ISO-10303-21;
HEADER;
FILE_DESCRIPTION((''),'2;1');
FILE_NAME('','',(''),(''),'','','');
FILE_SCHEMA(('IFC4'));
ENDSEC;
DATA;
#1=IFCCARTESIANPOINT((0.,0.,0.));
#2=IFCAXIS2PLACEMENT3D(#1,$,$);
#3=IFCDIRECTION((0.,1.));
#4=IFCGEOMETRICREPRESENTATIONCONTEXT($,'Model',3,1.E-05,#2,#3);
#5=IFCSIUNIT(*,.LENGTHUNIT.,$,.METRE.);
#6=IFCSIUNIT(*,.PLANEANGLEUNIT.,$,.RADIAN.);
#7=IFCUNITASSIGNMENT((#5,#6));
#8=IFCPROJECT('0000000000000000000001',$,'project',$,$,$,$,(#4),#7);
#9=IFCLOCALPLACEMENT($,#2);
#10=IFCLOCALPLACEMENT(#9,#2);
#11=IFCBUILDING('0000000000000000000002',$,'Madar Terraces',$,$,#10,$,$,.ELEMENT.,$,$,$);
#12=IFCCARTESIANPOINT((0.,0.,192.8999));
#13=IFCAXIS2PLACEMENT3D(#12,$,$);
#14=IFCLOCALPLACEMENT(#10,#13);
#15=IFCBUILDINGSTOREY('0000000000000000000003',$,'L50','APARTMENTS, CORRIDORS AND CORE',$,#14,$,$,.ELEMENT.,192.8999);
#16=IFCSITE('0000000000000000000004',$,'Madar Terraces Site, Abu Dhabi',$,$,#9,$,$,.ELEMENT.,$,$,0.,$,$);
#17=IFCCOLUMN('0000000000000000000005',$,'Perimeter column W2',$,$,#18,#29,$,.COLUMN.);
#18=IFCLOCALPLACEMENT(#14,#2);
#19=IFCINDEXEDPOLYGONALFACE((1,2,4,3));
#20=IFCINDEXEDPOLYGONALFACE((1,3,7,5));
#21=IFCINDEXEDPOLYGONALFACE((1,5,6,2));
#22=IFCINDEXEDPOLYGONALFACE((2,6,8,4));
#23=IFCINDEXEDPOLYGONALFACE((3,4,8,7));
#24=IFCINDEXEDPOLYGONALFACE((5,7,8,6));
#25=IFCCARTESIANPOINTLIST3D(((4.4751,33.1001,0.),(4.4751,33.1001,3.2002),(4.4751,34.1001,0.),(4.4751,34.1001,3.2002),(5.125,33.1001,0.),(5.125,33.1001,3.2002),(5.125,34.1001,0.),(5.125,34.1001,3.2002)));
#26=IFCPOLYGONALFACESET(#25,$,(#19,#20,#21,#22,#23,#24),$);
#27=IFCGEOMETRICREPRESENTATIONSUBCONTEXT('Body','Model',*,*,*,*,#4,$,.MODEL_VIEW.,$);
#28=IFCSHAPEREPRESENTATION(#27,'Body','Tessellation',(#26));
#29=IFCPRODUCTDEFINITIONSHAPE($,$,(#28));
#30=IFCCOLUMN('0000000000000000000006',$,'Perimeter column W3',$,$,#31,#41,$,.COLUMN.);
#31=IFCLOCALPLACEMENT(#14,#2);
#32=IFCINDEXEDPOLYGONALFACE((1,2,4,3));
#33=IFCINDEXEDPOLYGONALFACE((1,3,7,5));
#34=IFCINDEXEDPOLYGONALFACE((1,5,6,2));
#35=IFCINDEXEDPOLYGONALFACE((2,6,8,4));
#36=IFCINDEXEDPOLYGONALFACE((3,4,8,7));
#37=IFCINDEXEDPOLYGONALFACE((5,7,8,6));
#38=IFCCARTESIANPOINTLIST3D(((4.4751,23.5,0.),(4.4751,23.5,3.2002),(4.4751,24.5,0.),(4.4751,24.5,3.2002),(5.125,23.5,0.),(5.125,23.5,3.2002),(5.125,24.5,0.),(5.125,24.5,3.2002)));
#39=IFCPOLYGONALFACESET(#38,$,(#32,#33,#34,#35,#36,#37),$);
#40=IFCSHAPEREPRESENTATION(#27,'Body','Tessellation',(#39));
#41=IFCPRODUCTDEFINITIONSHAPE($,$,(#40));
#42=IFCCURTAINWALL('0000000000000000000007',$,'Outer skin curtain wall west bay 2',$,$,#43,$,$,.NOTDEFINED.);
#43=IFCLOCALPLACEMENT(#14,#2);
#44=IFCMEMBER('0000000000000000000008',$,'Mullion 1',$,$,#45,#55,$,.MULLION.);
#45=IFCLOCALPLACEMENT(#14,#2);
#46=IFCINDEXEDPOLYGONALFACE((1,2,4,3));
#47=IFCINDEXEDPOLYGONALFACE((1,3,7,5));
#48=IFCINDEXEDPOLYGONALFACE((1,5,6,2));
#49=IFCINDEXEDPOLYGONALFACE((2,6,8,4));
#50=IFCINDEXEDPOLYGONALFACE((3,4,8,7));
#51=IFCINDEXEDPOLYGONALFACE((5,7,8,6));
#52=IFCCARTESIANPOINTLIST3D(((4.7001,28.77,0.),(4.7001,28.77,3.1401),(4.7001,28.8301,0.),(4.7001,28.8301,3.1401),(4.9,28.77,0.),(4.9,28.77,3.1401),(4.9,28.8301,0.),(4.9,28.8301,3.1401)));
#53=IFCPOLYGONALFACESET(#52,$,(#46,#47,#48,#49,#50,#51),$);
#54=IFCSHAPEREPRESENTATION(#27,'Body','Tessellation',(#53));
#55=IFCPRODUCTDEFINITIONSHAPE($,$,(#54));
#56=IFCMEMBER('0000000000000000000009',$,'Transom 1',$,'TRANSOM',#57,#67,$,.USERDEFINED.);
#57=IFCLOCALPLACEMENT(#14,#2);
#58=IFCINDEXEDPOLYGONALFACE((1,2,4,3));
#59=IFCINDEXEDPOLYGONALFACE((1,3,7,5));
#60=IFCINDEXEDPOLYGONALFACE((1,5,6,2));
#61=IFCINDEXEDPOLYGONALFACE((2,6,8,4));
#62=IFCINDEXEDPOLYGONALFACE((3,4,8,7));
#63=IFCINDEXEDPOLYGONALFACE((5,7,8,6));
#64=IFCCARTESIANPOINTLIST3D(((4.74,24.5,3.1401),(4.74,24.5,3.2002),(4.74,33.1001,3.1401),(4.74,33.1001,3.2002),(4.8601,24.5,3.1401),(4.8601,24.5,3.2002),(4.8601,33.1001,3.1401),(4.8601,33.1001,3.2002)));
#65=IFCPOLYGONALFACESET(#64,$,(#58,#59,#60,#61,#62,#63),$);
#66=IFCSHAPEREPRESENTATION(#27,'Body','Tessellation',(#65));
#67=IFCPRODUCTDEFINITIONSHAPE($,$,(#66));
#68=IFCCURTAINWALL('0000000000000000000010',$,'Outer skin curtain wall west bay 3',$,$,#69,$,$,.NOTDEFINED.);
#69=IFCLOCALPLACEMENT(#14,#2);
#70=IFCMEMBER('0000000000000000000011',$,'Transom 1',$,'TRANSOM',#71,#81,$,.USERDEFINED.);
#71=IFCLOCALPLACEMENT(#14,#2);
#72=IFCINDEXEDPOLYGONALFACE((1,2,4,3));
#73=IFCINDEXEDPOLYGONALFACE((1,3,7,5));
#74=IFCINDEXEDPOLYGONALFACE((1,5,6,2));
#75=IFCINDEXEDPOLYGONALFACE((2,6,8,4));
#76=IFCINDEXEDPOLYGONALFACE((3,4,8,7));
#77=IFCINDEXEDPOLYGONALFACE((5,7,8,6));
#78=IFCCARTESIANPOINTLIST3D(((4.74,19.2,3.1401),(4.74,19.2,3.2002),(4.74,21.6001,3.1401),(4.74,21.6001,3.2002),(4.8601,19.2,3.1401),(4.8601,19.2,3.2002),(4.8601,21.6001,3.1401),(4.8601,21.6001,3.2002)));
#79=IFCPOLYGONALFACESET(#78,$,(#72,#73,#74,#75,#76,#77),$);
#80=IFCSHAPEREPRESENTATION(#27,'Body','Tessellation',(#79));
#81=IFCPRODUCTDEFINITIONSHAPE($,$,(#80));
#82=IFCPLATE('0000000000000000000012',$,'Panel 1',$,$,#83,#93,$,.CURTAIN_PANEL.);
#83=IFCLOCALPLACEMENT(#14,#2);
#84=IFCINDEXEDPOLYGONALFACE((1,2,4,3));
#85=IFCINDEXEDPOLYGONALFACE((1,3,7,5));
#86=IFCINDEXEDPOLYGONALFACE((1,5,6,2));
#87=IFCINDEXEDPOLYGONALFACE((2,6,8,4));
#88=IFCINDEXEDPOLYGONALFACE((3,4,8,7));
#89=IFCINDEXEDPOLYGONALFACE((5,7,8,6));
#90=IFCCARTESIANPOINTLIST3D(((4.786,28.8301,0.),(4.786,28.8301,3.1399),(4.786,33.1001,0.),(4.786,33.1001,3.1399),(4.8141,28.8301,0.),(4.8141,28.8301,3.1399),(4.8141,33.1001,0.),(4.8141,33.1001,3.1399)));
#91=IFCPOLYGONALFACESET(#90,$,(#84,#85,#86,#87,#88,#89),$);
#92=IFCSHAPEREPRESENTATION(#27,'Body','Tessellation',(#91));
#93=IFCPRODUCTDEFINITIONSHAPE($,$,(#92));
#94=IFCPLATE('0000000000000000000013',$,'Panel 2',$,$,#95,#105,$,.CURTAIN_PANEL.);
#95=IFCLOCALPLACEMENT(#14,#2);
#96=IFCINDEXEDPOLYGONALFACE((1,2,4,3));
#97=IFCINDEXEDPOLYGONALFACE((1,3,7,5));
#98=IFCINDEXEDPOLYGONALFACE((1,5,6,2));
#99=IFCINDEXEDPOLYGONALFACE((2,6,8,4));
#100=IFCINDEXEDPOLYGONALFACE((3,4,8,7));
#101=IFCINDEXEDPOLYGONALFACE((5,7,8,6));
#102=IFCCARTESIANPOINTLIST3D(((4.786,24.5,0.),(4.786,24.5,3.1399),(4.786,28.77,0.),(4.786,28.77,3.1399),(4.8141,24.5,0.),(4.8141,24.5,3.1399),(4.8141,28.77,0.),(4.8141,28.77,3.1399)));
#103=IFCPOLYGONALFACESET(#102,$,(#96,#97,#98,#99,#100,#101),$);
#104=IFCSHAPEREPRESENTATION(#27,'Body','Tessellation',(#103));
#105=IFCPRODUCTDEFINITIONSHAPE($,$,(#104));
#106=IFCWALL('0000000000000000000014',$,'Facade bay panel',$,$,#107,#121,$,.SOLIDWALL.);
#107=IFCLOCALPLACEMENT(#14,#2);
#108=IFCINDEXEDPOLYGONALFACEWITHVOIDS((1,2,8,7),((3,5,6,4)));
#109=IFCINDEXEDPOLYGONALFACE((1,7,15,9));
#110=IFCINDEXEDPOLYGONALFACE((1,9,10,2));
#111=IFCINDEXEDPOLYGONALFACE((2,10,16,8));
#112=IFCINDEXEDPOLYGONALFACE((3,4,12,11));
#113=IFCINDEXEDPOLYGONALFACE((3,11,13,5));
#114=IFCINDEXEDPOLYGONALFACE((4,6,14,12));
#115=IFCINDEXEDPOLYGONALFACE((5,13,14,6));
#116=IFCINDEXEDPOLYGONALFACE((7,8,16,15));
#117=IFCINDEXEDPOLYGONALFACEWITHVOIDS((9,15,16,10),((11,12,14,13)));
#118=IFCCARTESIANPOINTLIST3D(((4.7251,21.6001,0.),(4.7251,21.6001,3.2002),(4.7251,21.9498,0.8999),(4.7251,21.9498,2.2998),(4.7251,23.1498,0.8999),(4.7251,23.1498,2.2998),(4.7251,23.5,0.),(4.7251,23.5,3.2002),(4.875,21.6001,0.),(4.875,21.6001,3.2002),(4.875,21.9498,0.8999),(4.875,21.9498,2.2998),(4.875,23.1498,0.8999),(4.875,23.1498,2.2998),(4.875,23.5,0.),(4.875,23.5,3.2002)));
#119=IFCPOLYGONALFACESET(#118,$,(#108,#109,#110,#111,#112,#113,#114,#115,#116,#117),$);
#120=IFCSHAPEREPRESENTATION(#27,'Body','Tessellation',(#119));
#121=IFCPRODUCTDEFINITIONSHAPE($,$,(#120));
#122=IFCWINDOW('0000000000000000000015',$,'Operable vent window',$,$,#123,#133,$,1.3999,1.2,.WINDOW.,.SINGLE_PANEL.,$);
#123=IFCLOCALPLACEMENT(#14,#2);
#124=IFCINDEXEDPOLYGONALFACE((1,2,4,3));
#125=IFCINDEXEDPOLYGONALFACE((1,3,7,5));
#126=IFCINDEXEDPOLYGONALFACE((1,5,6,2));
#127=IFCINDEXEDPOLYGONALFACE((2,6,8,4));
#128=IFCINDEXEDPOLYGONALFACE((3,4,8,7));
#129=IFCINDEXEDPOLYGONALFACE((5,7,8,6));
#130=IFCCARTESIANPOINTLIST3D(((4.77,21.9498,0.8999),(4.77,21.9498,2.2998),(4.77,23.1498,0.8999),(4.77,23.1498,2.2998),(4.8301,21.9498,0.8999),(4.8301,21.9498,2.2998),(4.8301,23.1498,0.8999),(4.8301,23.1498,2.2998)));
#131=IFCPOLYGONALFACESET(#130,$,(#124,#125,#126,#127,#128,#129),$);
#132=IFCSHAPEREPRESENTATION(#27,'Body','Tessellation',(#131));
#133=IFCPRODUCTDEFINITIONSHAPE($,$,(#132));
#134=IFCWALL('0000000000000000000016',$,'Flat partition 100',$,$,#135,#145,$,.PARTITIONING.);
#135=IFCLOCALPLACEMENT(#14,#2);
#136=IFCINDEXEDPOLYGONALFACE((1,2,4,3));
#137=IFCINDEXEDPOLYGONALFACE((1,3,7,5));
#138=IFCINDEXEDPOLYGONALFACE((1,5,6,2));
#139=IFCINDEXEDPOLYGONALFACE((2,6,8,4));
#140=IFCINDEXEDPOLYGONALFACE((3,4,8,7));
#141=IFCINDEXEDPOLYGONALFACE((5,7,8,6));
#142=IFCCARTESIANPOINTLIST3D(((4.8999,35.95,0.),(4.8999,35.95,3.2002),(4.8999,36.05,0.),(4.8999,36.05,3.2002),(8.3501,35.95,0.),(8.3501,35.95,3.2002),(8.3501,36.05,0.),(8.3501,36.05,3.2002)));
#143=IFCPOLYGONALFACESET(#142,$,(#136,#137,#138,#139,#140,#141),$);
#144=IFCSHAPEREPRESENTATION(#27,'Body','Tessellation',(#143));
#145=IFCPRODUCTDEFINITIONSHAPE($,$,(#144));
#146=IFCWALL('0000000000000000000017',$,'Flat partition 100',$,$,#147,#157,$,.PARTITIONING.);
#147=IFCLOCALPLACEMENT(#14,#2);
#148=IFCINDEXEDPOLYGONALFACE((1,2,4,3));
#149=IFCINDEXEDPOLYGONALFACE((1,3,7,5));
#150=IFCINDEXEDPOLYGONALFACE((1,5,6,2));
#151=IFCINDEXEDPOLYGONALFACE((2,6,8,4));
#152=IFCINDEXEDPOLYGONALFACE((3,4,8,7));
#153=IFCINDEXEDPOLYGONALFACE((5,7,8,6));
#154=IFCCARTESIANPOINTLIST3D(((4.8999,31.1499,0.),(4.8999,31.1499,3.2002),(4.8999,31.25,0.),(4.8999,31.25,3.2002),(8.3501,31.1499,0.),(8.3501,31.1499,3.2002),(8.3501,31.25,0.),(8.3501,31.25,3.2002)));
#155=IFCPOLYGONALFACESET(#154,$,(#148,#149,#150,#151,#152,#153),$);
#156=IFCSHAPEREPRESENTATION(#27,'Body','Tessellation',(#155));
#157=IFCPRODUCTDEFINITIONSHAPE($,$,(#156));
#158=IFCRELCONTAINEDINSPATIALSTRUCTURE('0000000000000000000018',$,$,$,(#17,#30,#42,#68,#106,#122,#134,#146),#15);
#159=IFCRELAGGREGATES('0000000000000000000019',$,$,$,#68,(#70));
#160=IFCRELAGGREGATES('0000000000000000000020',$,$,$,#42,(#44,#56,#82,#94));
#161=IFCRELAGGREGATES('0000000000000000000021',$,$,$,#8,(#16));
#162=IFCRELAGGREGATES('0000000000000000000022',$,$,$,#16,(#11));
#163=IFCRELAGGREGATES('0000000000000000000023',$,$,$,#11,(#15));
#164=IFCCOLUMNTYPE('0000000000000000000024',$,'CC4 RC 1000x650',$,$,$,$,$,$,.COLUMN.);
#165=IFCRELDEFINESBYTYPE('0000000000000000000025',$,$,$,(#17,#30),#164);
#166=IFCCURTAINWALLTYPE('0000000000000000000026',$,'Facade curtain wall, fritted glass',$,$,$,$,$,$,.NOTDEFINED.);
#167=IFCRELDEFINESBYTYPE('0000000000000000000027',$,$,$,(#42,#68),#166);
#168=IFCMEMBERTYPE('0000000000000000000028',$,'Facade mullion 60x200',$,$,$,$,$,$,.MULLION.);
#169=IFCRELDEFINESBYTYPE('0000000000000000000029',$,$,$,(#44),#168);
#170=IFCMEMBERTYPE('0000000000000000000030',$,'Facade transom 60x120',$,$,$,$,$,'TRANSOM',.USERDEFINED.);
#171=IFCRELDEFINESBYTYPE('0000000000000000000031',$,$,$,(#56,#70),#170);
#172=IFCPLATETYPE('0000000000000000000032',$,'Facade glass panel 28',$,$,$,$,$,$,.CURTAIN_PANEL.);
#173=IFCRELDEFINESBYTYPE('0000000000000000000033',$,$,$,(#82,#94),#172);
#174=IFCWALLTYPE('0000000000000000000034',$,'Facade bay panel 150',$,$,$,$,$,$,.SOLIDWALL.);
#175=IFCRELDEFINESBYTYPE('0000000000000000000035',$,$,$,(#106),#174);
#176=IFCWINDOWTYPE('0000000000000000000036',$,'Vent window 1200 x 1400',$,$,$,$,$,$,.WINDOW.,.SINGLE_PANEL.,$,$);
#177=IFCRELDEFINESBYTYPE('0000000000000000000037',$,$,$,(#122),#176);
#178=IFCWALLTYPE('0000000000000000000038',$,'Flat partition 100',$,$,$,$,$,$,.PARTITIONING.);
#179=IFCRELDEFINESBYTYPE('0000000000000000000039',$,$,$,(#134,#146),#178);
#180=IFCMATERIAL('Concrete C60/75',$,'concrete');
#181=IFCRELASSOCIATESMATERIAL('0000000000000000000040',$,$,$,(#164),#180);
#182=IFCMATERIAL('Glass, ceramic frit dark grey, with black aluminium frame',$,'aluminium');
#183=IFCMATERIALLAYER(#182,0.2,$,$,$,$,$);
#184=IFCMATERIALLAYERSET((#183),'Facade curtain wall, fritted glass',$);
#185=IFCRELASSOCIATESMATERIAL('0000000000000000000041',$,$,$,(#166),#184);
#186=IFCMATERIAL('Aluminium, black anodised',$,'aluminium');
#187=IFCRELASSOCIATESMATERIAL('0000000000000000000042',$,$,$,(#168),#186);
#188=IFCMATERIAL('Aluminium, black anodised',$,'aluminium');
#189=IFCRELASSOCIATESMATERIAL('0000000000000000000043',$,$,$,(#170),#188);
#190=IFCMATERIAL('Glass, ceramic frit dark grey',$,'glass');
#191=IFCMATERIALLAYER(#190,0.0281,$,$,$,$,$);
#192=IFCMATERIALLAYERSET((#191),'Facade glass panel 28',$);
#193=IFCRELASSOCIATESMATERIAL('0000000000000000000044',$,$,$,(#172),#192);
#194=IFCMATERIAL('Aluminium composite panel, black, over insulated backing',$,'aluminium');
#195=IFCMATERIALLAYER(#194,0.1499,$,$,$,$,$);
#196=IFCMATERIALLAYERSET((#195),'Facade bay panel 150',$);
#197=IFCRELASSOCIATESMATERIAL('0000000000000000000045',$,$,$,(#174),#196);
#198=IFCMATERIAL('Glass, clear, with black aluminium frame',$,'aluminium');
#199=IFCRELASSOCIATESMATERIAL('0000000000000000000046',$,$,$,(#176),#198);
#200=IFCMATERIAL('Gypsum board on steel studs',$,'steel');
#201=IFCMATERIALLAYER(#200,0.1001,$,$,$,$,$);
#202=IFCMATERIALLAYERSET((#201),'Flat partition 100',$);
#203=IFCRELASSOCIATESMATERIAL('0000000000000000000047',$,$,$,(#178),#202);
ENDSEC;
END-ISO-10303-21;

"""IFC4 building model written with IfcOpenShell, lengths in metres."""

from ifc_helpers import new_model, si_unit, direction, frame, frame_2d, origin, origin_2d, place, context, subcontext, project, spatial, rectangle, extrude, material, layer, layer_set, material_profile, profile_set, type_object, element, fill, aggregate, save


model = new_model("IFC4")

# Units and contexts
model_context = context("Model", 3, precision=1e-05, world=origin(), true_north=direction((0.0, 1.0)))
body_context = subcontext(model_context, "Body", "Model", "MODEL_VIEW")
ifc_project = project(units=[si_unit("LENGTHUNIT", "METRE"), si_unit("PLANEANGLEUNIT", "RADIAN")], contexts=[model_context])

# Site, building, storey
site_placement = place(None, origin())
site = spatial("IfcSite", under=ifc_project, at=site_placement, Name="Madar Terraces Site, Abu Dhabi", CompositionType="ELEMENT", RefElevation=0.0)
building_placement = place(site_placement, origin())
building = spatial("IfcBuilding", under=site, at=building_placement, Name="Madar Terraces", CompositionType="ELEMENT")
storey_placement = place(building_placement, frame((0.0, 0.0, 192.8999)))
storey = spatial("IfcBuildingStorey", under=building, at=storey_placement, Name="L50", Description="APARTMENTS, CORRIDORS AND CORE", CompositionType="ELEMENT", Elevation=192.8999)

# Columns
ifc_material_1 = material(Name="Concrete C60/75", Category="concrete")
ifc_material_profile_1 = material_profile(ifc_material_1, rectangle(XDim=1.0, YDim=0.6499, at=origin_2d()), Name="CC4 RC 1000x650")
ifc_profile_set_1 = profile_set([ifc_material_profile_1], Name="Concrete C60/75")
column_type = type_object("IfcColumnType", Name="CC4 RC 1000x650", PredefinedType="COLUMN", material=ifc_profile_set_1)
for number, where, z_axis, x_axis, name in (
    (1, (4.8, 33.6001, 0.0), (0.0, 0.0, 1.0), (0.0, 1.0, 0.0), "Perimeter column W2"),
    (2, (4.8, 24.0, 0.0), (0.0, 0.0, 1.0), (0.0, 1.0, 0.0), "Perimeter column W3"),
):
    element("IfcColumn", number, at=place(storey_placement, frame(where, z_axis=z_axis, x_axis=x_axis)), inside=storey, type_object=column_type, Name=name, PredefinedType="COLUMN", context=body_context, shape_type="SweptSolid", body=[
        extrude(rectangle(XDim=1.0, YDim=0.6499, at=origin_2d()), origin(), (0.0, 0.0, 1.0), 3.2002),
    ])

# Curtain wall, members
ifc_material_2 = material(Name="Glass, ceramic frit dark grey, with black aluminium frame", Category="aluminium")
ifc_layer_1 = layer(ifc_material_2, 0.2)
ifc_layer_set_1 = layer_set([ifc_layer_1], Name="Facade curtain wall, fritted glass")
curtain_wall_type = type_object("IfcCurtainWallType", Name="Facade curtain wall, fritted glass", PredefinedType="NOTDEFINED", material=ifc_layer_set_1)
curtain_wall_1_placement = place(storey_placement, origin())
curtain_wall_1 = element("IfcCurtainWall", 3, at=curtain_wall_1_placement, inside=storey, type_object=curtain_wall_type, Name="Outer skin curtain wall west bay 2", PredefinedType="NOTDEFINED")
ifc_material_3 = material(Name="Aluminium, black anodised", Category="aluminium")
ifc_material_profile_2 = material_profile(ifc_material_3, rectangle(XDim=0.2, YDim=0.0601, at=origin_2d()), Name="Facade mullion 60x200")
ifc_profile_set_2 = profile_set([ifc_material_profile_2], Name="Aluminium, black anodised")
member_type_1 = type_object("IfcMemberType", Name="Facade mullion 60x200", PredefinedType="MULLION", material=ifc_profile_set_2)
member_1_placement = place(storey_placement, frame((4.8, 28.8, 0.0), z_axis=(0.0, 0.0, 1.0), x_axis=(1.0, 0.0, 0.0)))
member_1 = element("IfcMember", 4, at=member_1_placement, type_object=member_type_1, Name="Mullion 1", PredefinedType="MULLION", context=body_context, shape_type="SweptSolid", body=[
    extrude(rectangle(XDim=0.2, YDim=0.0601, at=origin_2d()), origin(), (0.0, 0.0, 1.0), 3.1401),
])
ifc_material_4 = material(Name="Aluminium, black anodised", Category="aluminium")
ifc_material_profile_3 = material_profile(ifc_material_4, rectangle(XDim=0.1201, YDim=0.0601, at=origin_2d()), Name="Facade transom 60x120")
ifc_profile_set_3 = profile_set([ifc_material_profile_3], Name="Aluminium, black anodised")
member_type_2 = type_object("IfcMemberType", Name="Facade transom 60x120", ElementType="TRANSOM", PredefinedType="USERDEFINED", material=ifc_profile_set_3)
member_2_placement = place(storey_placement, frame((4.8, 33.1001, 3.1702), z_axis=(0.0, -1.0, 0.0), x_axis=(1.0, 0.0, 0.0)))
member_2 = element("IfcMember", 5, at=member_2_placement, type_object=member_type_2, Name="Transom 1", ObjectType="TRANSOM", PredefinedType="USERDEFINED", context=body_context, shape_type="SweptSolid", body=[
    extrude(rectangle(XDim=0.1201, YDim=0.0601, at=origin_2d()), origin(), (0.0, 0.0, 1.0), 8.6001),
])

# Curtain wall, member
curtain_wall_2_placement = place(storey_placement, origin())
curtain_wall_2 = element("IfcCurtainWall", 6, at=curtain_wall_2_placement, inside=storey, type_object=curtain_wall_type, Name="Outer skin curtain wall west bay 3", PredefinedType="NOTDEFINED")
member_3_placement = place(storey_placement, frame((4.8, 21.6001, 3.1702), z_axis=(0.0, -1.0, 0.0), x_axis=(1.0, 0.0, 0.0)))
member_3 = element("IfcMember", 7, at=member_3_placement, type_object=member_type_2, Name="Transom 1", ObjectType="TRANSOM", PredefinedType="USERDEFINED", context=body_context, shape_type="SweptSolid", body=[
    extrude(rectangle(XDim=0.1201, YDim=0.0601, at=origin_2d()), origin(), (0.0, 0.0, 1.0), 2.4001),
])
aggregate(curtain_wall_2, [member_3])

# Plates
ifc_material_5 = material(Name="Glass, ceramic frit dark grey", Category="glass")
ifc_layer_2 = layer(ifc_material_5, 0.0281)
ifc_layer_set_2 = layer_set([ifc_layer_2], Name="Facade glass panel 28")
plate_type = type_object("IfcPlateType", Name="Facade glass panel 28", PredefinedType="CURTAIN_PANEL", material=ifc_layer_set_2)
plate_1_placement = place(storey_placement, frame((4.8, 30.9651, 0.0), z_axis=(0.0, 0.0, 1.0), x_axis=(0.0, -1.0, 0.0)))
plate_1 = element("IfcPlate", 8, at=plate_1_placement, type_object=plate_type, Name="Panel 1", PredefinedType="CURTAIN_PANEL", context=body_context, shape_type="SweptSolid", body=[
    extrude(rectangle(XDim=4.27, YDim=0.0281, at=origin_2d()), origin(), (0.0, 0.0, 1.0), 3.1399),
])
plate_2_placement = place(storey_placement, frame((4.8, 26.635, 0.0), z_axis=(0.0, 0.0, 1.0), x_axis=(0.0, -1.0, 0.0)))
plate_2 = element("IfcPlate", 9, at=plate_2_placement, type_object=plate_type, Name="Panel 2", PredefinedType="CURTAIN_PANEL", context=body_context, shape_type="SweptSolid", body=[
    extrude(rectangle(XDim=4.27, YDim=0.0281, at=origin_2d()), origin(), (0.0, 0.0, 1.0), 3.1399),
])
aggregate(curtain_wall_1, [member_1, member_2, plate_1, plate_2])

# Shared definitions
ifc_material_6 = material(Name="Aluminium composite panel, black, over insulated backing", Category="aluminium")
ifc_layer_3 = layer(ifc_material_6, 0.1499)
ifc_layer_set_3 = layer_set([ifc_layer_3], Name="Facade bay panel 150")
wall_type_1 = type_object("IfcWallType", Name="Facade bay panel 150", PredefinedType="SOLIDWALL", material=ifc_layer_set_3)
ifc_material_7 = material(Name="Glass, clear, with black aluminium frame", Category="aluminium")
window_type = type_object("IfcWindowType", Name="Vent window 1200 x 1400", PartitioningType="SINGLE_PANEL", PredefinedType="WINDOW", material=ifc_material_7)

# Wall, opening, window
wall_1_placement = place(storey_placement, frame((4.8, 23.5, 0.0), z_axis=(0.0, 0.0, 1.0), x_axis=(0.0, -1.0, 0.0)))
wall_1 = element("IfcWall", 10, at=wall_1_placement, inside=storey, type_object=wall_type_1, Name="Facade bay panel", PredefinedType="SOLIDWALL", context=body_context, shape_type="SweptSolid", body=[
    extrude(rectangle(XDim=1.8999, YDim=0.1499, at=frame_2d((0.95, 0.0))), origin(), (0.0, 0.0, 1.0), 3.2002),
])
opening_1_placement = place(wall_1_placement, frame((0.3501, 0.0, 0.8999)))
opening_1 = element("IfcOpeningElement", 11, at=opening_1_placement, cuts=wall_1, PredefinedType="OPENING", context=body_context, shape_type="SweptSolid", body=[
    extrude(rectangle(XDim=1.2, YDim=1.3999, at=frame_2d((0.6001, 0.7))), frame((0.0, 0.085, 0.0), z_axis=(0.0, -1.0, 0.0), x_axis=(1.0, 0.0, 0.0)), (0.0, 0.0, 1.0), 0.1699),
])
window_1_placement = place(opening_1_placement, origin())
window_1 = element("IfcWindow", 12, at=window_1_placement, inside=storey, type_object=window_type, Name="Operable vent window", OverallHeight=1.3999, OverallWidth=1.2, PartitioningType="SINGLE_PANEL", PredefinedType="WINDOW", context=body_context, shape_type="SweptSolid", body=[
    extrude(rectangle(XDim=1.2, YDim=1.3999, at=frame_2d((0.6001, 0.7))), frame((0.0, 0.03, 0.0), z_axis=(0.0, -1.0, 0.0), x_axis=(1.0, 0.0, 0.0)), (0.0, 0.0, 1.0), 0.0601),
])
fill(opening_1, window_1)

# Walls
ifc_material_8 = material(Name="Gypsum board on steel studs", Category="steel")
ifc_layer_4 = layer(ifc_material_8, 0.1001)
ifc_layer_set_4 = layer_set([ifc_layer_4], Name="Flat partition 100")
wall_type_2 = type_object("IfcWallType", Name="Flat partition 100", PredefinedType="PARTITIONING", material=ifc_layer_set_4)
for number, where, z_axis, x_axis, name in (
    (13, (8.3501, 36.0, 0.0), (0.0, 0.0, 1.0), (-1.0, 0.0, 0.0), "Flat partition 100"),
    (14, (8.3501, 31.2, 0.0), (0.0, 0.0, 1.0), (-1.0, 0.0, 0.0), "Flat partition 100"),
):
    element("IfcWall", number, at=place(storey_placement, frame(where, z_axis=z_axis, x_axis=x_axis)), inside=storey, type_object=wall_type_2, Name=name, PredefinedType="PARTITIONING", context=body_context, shape_type="SweptSolid", body=[
        extrude(rectangle(XDim=3.4502, YDim=0.1001, at=frame_2d((1.7251, 0.0))), origin(), (0.0, 0.0, 1.0), 3.2002),
    ])

save(model, "model.ifc")
